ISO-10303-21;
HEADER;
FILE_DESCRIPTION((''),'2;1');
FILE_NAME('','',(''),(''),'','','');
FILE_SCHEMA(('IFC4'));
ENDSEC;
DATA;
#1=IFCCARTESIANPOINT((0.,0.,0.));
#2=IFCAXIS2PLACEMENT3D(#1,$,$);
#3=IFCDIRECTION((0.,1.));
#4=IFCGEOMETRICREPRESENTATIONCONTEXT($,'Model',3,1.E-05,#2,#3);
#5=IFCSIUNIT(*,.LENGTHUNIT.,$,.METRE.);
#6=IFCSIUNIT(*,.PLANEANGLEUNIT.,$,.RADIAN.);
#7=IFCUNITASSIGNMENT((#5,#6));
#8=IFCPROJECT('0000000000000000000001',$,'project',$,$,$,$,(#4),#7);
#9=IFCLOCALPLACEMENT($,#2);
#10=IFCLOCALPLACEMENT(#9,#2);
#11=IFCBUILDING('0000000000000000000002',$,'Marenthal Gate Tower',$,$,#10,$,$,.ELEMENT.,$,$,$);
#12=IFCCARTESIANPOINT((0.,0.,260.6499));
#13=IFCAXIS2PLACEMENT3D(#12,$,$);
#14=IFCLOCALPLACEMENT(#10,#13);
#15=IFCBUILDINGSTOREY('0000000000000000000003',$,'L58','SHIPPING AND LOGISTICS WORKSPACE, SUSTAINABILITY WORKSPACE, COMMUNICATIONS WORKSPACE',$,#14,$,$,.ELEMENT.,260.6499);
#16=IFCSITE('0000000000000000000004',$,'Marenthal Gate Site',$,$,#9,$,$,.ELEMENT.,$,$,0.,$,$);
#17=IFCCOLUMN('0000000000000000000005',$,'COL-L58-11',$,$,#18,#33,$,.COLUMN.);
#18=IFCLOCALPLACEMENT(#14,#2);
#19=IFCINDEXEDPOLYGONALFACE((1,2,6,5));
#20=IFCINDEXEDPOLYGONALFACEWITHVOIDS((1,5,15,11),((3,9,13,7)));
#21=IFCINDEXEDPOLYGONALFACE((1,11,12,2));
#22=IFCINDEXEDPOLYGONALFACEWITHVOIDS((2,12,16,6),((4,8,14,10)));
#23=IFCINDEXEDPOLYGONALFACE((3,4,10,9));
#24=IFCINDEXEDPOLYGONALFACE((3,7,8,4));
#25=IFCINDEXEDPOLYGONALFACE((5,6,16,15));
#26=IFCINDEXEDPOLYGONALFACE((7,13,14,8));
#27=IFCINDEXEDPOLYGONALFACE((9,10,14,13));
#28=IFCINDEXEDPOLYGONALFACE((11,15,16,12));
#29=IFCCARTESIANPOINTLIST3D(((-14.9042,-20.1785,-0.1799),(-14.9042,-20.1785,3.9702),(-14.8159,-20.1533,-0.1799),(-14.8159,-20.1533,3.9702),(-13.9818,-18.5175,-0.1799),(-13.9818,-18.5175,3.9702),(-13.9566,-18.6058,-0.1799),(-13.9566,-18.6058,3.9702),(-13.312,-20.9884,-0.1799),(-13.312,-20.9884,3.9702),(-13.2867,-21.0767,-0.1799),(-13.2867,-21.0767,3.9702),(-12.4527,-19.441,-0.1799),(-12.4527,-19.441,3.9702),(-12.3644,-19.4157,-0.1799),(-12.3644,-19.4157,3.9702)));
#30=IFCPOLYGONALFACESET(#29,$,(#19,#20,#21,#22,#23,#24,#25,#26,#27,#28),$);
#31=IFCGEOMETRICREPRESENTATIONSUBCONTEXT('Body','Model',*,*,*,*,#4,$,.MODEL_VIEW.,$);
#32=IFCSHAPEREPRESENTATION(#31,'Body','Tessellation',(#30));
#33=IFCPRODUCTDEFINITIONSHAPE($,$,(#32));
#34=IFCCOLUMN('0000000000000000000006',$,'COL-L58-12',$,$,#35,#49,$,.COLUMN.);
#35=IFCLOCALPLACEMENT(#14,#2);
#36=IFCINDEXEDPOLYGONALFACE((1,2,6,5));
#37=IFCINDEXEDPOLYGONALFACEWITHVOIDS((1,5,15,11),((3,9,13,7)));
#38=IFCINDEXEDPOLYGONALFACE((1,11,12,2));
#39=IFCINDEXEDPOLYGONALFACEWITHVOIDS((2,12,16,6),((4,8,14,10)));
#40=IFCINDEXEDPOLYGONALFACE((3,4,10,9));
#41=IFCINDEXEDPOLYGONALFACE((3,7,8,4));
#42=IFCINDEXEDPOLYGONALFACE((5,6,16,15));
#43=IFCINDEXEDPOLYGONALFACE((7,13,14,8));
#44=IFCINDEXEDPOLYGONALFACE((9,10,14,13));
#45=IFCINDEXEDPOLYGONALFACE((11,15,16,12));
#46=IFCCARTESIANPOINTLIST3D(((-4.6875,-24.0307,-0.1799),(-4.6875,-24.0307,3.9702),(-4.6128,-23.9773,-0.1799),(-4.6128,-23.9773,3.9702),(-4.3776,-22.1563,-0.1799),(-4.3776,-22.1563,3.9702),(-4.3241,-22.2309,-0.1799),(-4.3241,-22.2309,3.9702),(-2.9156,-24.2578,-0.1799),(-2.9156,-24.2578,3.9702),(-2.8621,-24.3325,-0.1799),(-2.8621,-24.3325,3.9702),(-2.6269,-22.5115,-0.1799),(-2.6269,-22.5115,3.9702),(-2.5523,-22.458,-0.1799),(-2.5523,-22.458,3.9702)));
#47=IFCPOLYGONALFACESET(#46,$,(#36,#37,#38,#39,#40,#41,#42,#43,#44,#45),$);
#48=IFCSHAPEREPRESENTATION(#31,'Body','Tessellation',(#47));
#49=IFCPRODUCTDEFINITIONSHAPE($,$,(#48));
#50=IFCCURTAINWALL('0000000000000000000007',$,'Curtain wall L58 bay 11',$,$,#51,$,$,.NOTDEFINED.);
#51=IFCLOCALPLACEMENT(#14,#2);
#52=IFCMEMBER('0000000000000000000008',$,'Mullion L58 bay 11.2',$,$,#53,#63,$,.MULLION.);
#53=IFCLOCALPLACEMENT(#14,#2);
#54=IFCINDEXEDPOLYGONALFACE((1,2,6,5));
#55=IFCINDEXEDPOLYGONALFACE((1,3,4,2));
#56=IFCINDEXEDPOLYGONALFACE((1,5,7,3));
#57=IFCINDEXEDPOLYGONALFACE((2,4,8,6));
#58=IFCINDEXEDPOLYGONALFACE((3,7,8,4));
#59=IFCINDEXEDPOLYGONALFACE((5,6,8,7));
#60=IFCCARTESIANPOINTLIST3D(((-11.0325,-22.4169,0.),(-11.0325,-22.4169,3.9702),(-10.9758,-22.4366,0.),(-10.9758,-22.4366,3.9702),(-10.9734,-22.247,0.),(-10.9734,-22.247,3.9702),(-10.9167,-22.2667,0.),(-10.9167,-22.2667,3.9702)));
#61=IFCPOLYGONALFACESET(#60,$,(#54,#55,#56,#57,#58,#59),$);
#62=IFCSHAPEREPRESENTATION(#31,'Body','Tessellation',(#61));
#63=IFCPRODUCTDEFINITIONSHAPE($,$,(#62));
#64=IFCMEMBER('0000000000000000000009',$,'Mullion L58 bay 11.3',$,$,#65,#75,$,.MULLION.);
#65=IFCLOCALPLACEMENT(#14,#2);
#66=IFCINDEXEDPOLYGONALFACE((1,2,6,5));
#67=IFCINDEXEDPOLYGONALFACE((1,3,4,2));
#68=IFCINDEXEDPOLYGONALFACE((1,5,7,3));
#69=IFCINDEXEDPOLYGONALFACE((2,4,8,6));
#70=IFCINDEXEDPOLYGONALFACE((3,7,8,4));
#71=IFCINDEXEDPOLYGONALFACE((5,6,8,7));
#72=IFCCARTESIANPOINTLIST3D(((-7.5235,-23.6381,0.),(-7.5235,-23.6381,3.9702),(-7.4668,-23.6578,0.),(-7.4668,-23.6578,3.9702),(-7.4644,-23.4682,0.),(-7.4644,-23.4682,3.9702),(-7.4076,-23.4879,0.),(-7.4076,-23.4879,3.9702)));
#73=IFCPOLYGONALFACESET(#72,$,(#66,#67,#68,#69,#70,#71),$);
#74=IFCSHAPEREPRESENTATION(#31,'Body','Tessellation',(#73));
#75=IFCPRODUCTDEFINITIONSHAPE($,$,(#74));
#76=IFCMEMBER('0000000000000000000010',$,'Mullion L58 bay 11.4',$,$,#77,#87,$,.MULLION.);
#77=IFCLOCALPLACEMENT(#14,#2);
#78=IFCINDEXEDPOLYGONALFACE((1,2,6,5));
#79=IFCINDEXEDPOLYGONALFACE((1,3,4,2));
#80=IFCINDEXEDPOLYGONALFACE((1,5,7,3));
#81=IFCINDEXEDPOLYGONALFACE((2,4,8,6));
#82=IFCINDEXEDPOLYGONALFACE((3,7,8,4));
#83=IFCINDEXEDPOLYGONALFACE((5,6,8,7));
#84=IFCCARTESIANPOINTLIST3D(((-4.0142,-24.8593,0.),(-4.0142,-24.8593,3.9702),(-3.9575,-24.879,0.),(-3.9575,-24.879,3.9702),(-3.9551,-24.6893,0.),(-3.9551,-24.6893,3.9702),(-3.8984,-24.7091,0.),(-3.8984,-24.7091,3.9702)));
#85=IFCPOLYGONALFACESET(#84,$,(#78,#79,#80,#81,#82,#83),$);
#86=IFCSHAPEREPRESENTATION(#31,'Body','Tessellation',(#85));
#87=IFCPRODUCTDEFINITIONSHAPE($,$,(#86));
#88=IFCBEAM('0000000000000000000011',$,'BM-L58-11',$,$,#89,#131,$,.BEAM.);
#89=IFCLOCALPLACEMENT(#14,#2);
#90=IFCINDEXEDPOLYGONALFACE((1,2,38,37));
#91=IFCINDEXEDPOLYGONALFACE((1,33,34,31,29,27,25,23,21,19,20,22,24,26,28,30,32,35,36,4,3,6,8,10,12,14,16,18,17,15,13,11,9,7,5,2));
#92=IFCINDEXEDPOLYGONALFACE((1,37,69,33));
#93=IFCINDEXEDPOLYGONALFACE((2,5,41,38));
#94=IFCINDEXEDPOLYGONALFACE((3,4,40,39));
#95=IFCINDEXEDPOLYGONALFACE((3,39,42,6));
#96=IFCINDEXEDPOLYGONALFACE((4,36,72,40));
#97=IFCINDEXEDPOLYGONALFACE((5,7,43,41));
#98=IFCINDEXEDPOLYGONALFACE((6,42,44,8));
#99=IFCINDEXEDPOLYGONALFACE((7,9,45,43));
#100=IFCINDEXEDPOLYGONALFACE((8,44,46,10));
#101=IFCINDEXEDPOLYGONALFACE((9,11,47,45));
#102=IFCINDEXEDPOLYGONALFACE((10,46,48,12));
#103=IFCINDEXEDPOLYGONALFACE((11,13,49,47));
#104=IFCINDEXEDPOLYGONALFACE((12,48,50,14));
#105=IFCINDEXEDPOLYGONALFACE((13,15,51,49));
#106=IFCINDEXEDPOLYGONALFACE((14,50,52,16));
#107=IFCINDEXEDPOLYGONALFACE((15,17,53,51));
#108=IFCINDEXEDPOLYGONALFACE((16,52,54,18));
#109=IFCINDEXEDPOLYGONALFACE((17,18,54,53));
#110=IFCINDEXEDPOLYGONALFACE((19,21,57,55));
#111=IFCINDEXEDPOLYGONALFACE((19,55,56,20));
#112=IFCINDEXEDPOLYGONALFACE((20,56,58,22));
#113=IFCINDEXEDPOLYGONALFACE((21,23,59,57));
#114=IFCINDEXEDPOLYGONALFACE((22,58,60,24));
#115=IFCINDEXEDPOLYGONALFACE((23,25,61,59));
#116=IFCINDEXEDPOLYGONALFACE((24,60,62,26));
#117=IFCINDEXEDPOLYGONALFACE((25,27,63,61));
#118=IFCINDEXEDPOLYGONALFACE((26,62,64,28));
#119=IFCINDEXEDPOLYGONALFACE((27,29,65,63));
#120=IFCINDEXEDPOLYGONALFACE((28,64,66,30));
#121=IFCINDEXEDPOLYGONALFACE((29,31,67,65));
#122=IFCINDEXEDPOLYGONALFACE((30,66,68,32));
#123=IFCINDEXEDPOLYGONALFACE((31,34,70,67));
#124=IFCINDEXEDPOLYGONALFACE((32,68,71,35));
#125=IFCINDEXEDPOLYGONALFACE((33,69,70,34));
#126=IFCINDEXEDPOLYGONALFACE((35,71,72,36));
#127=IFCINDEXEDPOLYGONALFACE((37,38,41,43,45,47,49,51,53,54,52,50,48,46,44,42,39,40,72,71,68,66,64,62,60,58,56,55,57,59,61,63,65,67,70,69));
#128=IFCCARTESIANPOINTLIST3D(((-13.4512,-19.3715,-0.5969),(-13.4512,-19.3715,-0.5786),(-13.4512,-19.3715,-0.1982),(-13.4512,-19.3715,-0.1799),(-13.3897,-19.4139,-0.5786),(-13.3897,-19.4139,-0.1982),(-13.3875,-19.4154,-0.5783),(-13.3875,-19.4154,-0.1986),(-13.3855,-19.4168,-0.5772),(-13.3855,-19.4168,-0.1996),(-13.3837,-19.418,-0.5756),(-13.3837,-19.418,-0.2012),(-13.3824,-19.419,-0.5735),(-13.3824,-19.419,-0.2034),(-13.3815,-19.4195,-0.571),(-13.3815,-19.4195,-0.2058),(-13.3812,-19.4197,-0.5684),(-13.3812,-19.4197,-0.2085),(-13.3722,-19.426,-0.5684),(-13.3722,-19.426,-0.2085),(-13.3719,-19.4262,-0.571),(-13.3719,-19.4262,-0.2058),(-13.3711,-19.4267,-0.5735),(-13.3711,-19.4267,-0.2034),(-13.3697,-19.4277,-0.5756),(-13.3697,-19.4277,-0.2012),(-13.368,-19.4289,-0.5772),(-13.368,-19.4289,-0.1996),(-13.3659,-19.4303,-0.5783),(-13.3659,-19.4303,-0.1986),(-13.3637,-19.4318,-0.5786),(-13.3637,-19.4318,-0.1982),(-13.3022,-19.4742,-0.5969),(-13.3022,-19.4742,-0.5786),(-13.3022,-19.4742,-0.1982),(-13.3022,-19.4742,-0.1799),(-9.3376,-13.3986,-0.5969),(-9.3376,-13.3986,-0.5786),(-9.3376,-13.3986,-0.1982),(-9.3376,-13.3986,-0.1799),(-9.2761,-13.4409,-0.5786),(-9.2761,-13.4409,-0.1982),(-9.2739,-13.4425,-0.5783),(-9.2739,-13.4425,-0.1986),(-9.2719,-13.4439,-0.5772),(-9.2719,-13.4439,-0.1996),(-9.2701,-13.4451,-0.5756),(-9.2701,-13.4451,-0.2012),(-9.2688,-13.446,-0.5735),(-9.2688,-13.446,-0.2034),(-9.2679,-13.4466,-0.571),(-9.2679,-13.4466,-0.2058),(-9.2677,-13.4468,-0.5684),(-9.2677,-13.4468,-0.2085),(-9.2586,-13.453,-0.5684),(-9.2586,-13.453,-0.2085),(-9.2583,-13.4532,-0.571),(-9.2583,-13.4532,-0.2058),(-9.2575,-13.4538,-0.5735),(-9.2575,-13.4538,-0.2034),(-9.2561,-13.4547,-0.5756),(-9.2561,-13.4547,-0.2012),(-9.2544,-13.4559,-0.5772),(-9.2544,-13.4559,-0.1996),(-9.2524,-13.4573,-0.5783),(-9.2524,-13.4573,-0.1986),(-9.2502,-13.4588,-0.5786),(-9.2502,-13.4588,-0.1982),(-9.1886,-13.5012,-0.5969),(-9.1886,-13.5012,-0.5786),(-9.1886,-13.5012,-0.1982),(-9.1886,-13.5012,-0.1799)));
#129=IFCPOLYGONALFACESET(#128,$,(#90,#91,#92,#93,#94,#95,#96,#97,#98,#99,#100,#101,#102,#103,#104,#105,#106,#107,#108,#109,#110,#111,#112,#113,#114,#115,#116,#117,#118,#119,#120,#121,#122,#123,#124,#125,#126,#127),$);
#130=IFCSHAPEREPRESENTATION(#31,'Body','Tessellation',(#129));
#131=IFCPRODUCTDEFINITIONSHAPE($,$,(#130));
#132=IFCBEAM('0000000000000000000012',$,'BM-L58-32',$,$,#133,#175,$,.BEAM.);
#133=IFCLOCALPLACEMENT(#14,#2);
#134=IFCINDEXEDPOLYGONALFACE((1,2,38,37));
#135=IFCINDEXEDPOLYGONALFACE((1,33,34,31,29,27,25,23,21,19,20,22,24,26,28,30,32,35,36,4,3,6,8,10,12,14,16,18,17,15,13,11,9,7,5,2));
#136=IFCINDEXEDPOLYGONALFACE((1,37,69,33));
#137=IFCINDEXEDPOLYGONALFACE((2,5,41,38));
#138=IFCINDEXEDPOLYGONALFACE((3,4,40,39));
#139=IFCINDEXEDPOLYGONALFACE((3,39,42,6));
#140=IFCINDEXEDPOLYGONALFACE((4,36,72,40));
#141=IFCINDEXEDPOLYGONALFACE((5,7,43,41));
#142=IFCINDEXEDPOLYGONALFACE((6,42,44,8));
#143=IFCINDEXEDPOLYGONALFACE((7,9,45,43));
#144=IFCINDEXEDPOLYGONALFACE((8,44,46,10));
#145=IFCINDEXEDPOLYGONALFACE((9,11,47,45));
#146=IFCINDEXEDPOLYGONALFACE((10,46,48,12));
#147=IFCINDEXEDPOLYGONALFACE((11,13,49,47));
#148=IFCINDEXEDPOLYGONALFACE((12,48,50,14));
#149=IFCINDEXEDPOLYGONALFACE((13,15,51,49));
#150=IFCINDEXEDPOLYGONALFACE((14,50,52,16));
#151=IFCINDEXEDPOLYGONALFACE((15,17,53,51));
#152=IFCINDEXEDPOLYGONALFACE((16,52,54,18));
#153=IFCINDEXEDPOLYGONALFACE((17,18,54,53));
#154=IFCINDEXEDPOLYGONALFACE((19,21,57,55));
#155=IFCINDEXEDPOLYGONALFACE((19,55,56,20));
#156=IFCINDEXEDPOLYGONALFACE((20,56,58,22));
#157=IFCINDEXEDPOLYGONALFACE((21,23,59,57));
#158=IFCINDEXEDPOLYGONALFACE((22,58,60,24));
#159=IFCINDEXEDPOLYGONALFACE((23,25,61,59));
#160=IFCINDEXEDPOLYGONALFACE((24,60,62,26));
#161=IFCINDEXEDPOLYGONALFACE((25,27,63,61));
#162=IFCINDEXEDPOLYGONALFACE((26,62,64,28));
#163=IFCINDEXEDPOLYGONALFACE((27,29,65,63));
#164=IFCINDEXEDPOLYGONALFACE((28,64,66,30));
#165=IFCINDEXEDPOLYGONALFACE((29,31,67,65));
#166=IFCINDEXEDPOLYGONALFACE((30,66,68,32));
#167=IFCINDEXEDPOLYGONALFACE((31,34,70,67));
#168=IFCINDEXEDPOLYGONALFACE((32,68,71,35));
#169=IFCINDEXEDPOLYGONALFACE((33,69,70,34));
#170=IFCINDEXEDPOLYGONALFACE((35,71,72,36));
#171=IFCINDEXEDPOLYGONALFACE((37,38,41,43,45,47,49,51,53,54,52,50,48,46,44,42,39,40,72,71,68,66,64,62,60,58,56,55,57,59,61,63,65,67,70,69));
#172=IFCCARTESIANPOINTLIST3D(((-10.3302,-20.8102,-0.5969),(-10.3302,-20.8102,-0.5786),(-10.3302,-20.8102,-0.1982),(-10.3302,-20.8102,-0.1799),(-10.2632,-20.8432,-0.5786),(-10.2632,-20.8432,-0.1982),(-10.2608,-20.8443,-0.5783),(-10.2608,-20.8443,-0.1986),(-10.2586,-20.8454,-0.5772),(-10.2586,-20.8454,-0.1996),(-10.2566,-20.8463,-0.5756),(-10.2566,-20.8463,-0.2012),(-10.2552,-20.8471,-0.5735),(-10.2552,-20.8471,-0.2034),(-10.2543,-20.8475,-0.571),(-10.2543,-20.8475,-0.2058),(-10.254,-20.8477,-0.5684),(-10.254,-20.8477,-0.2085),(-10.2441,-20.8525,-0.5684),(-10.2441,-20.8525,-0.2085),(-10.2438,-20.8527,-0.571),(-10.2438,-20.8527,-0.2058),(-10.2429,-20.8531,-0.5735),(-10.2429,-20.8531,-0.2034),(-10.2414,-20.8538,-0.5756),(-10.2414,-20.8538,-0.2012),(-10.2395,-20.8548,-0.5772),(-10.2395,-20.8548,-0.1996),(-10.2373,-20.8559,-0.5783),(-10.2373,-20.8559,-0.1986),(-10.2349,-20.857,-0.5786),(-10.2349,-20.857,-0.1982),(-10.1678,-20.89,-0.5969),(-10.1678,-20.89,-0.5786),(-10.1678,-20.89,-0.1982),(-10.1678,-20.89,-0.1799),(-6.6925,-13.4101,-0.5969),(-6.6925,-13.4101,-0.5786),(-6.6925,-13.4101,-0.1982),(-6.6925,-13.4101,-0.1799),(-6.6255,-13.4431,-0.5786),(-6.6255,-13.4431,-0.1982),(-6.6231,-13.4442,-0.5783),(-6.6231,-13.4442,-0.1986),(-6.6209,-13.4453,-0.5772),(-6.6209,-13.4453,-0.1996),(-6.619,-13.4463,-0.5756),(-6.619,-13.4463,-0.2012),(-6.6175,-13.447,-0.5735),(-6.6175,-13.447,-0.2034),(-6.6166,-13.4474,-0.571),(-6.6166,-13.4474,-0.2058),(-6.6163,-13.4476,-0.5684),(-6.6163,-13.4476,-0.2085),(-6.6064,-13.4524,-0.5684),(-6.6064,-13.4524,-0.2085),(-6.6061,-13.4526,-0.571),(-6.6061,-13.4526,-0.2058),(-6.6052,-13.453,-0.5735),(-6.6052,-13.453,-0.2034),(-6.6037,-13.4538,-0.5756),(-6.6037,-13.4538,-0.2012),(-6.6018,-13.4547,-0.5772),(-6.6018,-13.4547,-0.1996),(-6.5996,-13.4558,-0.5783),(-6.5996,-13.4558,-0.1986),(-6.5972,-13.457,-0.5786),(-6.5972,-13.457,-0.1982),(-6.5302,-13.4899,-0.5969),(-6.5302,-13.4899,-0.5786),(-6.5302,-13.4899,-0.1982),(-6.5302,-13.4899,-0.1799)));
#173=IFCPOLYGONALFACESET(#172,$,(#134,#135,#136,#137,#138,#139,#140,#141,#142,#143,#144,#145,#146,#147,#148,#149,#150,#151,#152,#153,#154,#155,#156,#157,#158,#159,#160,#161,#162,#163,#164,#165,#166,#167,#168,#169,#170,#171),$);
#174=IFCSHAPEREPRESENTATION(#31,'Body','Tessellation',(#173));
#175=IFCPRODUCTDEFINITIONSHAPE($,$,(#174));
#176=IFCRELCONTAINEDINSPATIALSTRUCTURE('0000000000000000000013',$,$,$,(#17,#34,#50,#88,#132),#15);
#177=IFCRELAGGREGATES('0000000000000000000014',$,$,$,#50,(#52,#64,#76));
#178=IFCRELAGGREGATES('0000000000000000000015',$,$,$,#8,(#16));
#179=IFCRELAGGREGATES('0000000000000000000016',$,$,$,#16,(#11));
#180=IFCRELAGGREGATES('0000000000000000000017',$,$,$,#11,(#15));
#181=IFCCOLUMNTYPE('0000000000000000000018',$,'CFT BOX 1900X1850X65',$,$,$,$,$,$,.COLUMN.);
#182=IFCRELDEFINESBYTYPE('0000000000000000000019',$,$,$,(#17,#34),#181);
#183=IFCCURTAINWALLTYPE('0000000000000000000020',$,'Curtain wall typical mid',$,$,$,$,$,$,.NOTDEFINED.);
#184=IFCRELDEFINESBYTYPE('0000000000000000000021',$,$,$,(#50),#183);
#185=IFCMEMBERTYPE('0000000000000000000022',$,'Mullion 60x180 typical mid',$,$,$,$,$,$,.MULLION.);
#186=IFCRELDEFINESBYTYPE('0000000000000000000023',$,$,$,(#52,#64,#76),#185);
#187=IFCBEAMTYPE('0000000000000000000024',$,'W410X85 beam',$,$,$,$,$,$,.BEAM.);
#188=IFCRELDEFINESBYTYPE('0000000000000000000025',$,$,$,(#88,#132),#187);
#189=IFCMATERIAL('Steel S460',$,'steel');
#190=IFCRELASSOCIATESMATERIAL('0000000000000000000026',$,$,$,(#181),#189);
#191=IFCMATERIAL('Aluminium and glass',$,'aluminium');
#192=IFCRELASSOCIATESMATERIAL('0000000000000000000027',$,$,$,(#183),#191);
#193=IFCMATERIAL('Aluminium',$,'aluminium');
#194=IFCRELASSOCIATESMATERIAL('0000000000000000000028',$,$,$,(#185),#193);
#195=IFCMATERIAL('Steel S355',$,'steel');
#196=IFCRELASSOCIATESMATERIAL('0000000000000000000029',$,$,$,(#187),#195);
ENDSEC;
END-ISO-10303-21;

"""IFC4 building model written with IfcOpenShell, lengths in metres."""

from ifc_helpers import new_model, si_unit, direction, frame, origin, origin_2d, place, context, subcontext, project, spatial, rectangle, hollow_rectangle, i_section, extrude, material, material_profile, profile_set, type_object, element, aggregate, save


model = new_model("IFC4")

# Units and contexts
model_context = context("Model", 3, precision=1e-05, world=origin(), true_north=direction((0.0, 1.0)))
body_context = subcontext(model_context, "Body", "Model", "MODEL_VIEW")
ifc_project = project(units=[si_unit("LENGTHUNIT", "METRE"), si_unit("PLANEANGLEUNIT", "RADIAN")], contexts=[model_context])

# Site, building, storey
site_placement = place(None, origin())
site = spatial("IfcSite", under=ifc_project, at=site_placement, Name="Marenthal Gate Site", CompositionType="ELEMENT", RefElevation=0.0)
building_placement = place(site_placement, origin())
building = spatial("IfcBuilding", under=site, at=building_placement, Name="Marenthal Gate Tower", CompositionType="ELEMENT")
storey_placement = place(building_placement, frame((0.0, 0.0, 260.6499)))
storey = spatial("IfcBuildingStorey", under=building, at=storey_placement, Name="L58", Description="SHIPPING AND LOGISTICS WORKSPACE, SUSTAINABILITY WORKSPACE, COMMUNICATIONS WORKSPACE", CompositionType="ELEMENT", Elevation=260.6499)

# Columns
ifc_material_1 = material(Name="Steel S460", Category="steel")
ifc_material_profile_1 = material_profile(ifc_material_1, hollow_rectangle(XDim=1.8501, YDim=1.8999, WallThickness=0.0649, at=origin_2d()), Name="CFT BOX 1900X1850X65")
ifc_material_2 = material(Name="Concrete 70 MPa", Category="concrete")
ifc_material_profile_2 = material_profile(ifc_material_2, rectangle(XDim=1.72, YDim=1.77, at=origin_2d()), Name="CFT BOX 1900X1850X65 INFILL")
ifc_profile_set_1 = profile_set([ifc_material_profile_1, ifc_material_profile_2], Name="Steel S460 shell, Concrete 70 MPa infill")
column_type = type_object("IfcColumnType", Name="CFT BOX 1900X1850X65", PredefinedType="COLUMN", material=ifc_profile_set_1)
for number, where, z_axis, x_axis, name in (
    (1, (-13.6343, -19.7971, -0.1799), (0.0, 0.0, 1.0), (-0.874251, 0.485475, 0.0), "COL-L58-11"),
    (2, (-3.6199, -23.2444, -0.1799), (0.0, 0.0, 1.0), (-0.98661, 0.163097, 0.0), "COL-L58-12"),
):
    element("IfcColumn", number, at=place(storey_placement, frame(where, z_axis=z_axis, x_axis=x_axis)), inside=storey, type_object=column_type, Name=name, PredefinedType="COLUMN", context=body_context, shape_type="SweptSolid", body=[
        extrude(hollow_rectangle(XDim=1.8501, YDim=1.8999, WallThickness=0.0649, at=origin_2d()), origin(), (0.0, 0.0, 1.0), 4.1501),
    ])

# Curtain wall, members
ifc_material_3 = material(Name="Aluminium and glass", Category="aluminium")
curtain_wall_type = type_object("IfcCurtainWallType", Name="Curtain wall typical mid", PredefinedType="NOTDEFINED", material=ifc_material_3)
curtain_wall_placement = place(storey_placement, origin())
curtain_wall = element("IfcCurtainWall", 3, at=curtain_wall_placement, inside=storey, type_object=curtain_wall_type, Name="Curtain wall L58 bay 11", PredefinedType="NOTDEFINED")
ifc_material_4 = material(Name="Aluminium", Category="aluminium")
ifc_material_profile_3 = material_profile(ifc_material_4, rectangle(XDim=0.1799, YDim=0.0601, at=origin_2d()), Name="60x180 aluminium mullion")
ifc_profile_set_2 = profile_set([ifc_material_profile_3], Name="Aluminium")
member_type = type_object("IfcMemberType", Name="Mullion 60x180 typical mid", PredefinedType="MULLION", material=ifc_profile_set_2)
member_1_placement = place(storey_placement, frame((-10.9746, -22.3418, 0.0), z_axis=(0.0, 0.0, 1.0), x_axis=(0.32867, 0.944445, 0.0)))
member_1 = element("IfcMember", 4, at=member_1_placement, type_object=member_type, Name="Mullion L58 bay 11.2", PredefinedType="MULLION", context=body_context, shape_type="SweptSolid", body=[
    extrude(rectangle(XDim=0.1799, YDim=0.0601, at=origin_2d()), origin(), (0.0, 0.0, 1.0), 3.9702),
])
member_2_placement = place(storey_placement, frame((-7.4656, -23.563, 0.0), z_axis=(0.0, 0.0, 1.0), x_axis=(0.32867, 0.944445, 0.0)))
member_2 = element("IfcMember", 5, at=member_2_placement, type_object=member_type, Name="Mullion L58 bay 11.3", PredefinedType="MULLION", context=body_context, shape_type="SweptSolid", body=[
    extrude(rectangle(XDim=0.1799, YDim=0.0601, at=origin_2d()), origin(), (0.0, 0.0, 1.0), 3.9702),
])
member_3_placement = place(storey_placement, frame((-3.9563, -24.7842, 0.0), z_axis=(0.0, 0.0, 1.0), x_axis=(0.32867, 0.944445, 0.0)))
member_3 = element("IfcMember", 6, at=member_3_placement, type_object=member_type, Name="Mullion L58 bay 11.4", PredefinedType="MULLION", context=body_context, shape_type="SweptSolid", body=[
    extrude(rectangle(XDim=0.1799, YDim=0.0601, at=origin_2d()), origin(), (0.0, 0.0, 1.0), 3.9702),
])

# Beams
ifc_material_5 = material(Name="Steel S355", Category="steel")
ifc_material_profile_4 = material_profile(ifc_material_5, i_section(OverallWidth=0.1809, OverallDepth=0.417, WebThickness=0.011, FlangeThickness=0.0183, FilletRadius=0.0103, at=origin_2d()), Name="W410X85")
ifc_profile_set_3 = profile_set([ifc_material_profile_4], Name="Steel S355")
beam_type_1 = type_object("IfcBeamType", Name="W410X85 beam", PredefinedType="BEAM", material=ifc_profile_set_3)
beam_1_placement = place(storey_placement, frame((-13.3767, -19.4229, -0.3884), z_axis=(0.567199, 0.823581, 0.0), x_axis=(-0.823581, 0.567199, 0.0)))
element("IfcBeam", 7, at=beam_1_placement, inside=storey, type_object=beam_type_1, Name="BM-L58-11", PredefinedType="BEAM", context=body_context, shape_type="SweptSolid", body=[
    extrude(i_section(OverallWidth=0.1809, OverallDepth=0.417, WebThickness=0.011, FlangeThickness=0.0183, FilletRadius=0.0103, at=origin_2d()), origin(), (0.0, 0.0, 1.0), 7.2524),
])
beam_2_placement = place(storey_placement, frame((-10.249, -20.8501, -0.3884), z_axis=(0.441152, 0.897433, 0.0), x_axis=(-0.897433, 0.441152, 0.0)))
element("IfcBeam", 8, at=beam_2_placement, inside=storey, type_object=beam_type_1, Name="BM-L58-32", PredefinedType="BEAM", context=body_context, shape_type="SweptSolid", body=[
    extrude(i_section(OverallWidth=0.1809, OverallDepth=0.417, WebThickness=0.011, FlangeThickness=0.0183, FilletRadius=0.0103, at=origin_2d()), origin(), (0.0, 0.0, 1.0), 8.2458),
])

aggregate(curtain_wall, [member_1, member_2, member_3])

save(model, "model.ifc")
